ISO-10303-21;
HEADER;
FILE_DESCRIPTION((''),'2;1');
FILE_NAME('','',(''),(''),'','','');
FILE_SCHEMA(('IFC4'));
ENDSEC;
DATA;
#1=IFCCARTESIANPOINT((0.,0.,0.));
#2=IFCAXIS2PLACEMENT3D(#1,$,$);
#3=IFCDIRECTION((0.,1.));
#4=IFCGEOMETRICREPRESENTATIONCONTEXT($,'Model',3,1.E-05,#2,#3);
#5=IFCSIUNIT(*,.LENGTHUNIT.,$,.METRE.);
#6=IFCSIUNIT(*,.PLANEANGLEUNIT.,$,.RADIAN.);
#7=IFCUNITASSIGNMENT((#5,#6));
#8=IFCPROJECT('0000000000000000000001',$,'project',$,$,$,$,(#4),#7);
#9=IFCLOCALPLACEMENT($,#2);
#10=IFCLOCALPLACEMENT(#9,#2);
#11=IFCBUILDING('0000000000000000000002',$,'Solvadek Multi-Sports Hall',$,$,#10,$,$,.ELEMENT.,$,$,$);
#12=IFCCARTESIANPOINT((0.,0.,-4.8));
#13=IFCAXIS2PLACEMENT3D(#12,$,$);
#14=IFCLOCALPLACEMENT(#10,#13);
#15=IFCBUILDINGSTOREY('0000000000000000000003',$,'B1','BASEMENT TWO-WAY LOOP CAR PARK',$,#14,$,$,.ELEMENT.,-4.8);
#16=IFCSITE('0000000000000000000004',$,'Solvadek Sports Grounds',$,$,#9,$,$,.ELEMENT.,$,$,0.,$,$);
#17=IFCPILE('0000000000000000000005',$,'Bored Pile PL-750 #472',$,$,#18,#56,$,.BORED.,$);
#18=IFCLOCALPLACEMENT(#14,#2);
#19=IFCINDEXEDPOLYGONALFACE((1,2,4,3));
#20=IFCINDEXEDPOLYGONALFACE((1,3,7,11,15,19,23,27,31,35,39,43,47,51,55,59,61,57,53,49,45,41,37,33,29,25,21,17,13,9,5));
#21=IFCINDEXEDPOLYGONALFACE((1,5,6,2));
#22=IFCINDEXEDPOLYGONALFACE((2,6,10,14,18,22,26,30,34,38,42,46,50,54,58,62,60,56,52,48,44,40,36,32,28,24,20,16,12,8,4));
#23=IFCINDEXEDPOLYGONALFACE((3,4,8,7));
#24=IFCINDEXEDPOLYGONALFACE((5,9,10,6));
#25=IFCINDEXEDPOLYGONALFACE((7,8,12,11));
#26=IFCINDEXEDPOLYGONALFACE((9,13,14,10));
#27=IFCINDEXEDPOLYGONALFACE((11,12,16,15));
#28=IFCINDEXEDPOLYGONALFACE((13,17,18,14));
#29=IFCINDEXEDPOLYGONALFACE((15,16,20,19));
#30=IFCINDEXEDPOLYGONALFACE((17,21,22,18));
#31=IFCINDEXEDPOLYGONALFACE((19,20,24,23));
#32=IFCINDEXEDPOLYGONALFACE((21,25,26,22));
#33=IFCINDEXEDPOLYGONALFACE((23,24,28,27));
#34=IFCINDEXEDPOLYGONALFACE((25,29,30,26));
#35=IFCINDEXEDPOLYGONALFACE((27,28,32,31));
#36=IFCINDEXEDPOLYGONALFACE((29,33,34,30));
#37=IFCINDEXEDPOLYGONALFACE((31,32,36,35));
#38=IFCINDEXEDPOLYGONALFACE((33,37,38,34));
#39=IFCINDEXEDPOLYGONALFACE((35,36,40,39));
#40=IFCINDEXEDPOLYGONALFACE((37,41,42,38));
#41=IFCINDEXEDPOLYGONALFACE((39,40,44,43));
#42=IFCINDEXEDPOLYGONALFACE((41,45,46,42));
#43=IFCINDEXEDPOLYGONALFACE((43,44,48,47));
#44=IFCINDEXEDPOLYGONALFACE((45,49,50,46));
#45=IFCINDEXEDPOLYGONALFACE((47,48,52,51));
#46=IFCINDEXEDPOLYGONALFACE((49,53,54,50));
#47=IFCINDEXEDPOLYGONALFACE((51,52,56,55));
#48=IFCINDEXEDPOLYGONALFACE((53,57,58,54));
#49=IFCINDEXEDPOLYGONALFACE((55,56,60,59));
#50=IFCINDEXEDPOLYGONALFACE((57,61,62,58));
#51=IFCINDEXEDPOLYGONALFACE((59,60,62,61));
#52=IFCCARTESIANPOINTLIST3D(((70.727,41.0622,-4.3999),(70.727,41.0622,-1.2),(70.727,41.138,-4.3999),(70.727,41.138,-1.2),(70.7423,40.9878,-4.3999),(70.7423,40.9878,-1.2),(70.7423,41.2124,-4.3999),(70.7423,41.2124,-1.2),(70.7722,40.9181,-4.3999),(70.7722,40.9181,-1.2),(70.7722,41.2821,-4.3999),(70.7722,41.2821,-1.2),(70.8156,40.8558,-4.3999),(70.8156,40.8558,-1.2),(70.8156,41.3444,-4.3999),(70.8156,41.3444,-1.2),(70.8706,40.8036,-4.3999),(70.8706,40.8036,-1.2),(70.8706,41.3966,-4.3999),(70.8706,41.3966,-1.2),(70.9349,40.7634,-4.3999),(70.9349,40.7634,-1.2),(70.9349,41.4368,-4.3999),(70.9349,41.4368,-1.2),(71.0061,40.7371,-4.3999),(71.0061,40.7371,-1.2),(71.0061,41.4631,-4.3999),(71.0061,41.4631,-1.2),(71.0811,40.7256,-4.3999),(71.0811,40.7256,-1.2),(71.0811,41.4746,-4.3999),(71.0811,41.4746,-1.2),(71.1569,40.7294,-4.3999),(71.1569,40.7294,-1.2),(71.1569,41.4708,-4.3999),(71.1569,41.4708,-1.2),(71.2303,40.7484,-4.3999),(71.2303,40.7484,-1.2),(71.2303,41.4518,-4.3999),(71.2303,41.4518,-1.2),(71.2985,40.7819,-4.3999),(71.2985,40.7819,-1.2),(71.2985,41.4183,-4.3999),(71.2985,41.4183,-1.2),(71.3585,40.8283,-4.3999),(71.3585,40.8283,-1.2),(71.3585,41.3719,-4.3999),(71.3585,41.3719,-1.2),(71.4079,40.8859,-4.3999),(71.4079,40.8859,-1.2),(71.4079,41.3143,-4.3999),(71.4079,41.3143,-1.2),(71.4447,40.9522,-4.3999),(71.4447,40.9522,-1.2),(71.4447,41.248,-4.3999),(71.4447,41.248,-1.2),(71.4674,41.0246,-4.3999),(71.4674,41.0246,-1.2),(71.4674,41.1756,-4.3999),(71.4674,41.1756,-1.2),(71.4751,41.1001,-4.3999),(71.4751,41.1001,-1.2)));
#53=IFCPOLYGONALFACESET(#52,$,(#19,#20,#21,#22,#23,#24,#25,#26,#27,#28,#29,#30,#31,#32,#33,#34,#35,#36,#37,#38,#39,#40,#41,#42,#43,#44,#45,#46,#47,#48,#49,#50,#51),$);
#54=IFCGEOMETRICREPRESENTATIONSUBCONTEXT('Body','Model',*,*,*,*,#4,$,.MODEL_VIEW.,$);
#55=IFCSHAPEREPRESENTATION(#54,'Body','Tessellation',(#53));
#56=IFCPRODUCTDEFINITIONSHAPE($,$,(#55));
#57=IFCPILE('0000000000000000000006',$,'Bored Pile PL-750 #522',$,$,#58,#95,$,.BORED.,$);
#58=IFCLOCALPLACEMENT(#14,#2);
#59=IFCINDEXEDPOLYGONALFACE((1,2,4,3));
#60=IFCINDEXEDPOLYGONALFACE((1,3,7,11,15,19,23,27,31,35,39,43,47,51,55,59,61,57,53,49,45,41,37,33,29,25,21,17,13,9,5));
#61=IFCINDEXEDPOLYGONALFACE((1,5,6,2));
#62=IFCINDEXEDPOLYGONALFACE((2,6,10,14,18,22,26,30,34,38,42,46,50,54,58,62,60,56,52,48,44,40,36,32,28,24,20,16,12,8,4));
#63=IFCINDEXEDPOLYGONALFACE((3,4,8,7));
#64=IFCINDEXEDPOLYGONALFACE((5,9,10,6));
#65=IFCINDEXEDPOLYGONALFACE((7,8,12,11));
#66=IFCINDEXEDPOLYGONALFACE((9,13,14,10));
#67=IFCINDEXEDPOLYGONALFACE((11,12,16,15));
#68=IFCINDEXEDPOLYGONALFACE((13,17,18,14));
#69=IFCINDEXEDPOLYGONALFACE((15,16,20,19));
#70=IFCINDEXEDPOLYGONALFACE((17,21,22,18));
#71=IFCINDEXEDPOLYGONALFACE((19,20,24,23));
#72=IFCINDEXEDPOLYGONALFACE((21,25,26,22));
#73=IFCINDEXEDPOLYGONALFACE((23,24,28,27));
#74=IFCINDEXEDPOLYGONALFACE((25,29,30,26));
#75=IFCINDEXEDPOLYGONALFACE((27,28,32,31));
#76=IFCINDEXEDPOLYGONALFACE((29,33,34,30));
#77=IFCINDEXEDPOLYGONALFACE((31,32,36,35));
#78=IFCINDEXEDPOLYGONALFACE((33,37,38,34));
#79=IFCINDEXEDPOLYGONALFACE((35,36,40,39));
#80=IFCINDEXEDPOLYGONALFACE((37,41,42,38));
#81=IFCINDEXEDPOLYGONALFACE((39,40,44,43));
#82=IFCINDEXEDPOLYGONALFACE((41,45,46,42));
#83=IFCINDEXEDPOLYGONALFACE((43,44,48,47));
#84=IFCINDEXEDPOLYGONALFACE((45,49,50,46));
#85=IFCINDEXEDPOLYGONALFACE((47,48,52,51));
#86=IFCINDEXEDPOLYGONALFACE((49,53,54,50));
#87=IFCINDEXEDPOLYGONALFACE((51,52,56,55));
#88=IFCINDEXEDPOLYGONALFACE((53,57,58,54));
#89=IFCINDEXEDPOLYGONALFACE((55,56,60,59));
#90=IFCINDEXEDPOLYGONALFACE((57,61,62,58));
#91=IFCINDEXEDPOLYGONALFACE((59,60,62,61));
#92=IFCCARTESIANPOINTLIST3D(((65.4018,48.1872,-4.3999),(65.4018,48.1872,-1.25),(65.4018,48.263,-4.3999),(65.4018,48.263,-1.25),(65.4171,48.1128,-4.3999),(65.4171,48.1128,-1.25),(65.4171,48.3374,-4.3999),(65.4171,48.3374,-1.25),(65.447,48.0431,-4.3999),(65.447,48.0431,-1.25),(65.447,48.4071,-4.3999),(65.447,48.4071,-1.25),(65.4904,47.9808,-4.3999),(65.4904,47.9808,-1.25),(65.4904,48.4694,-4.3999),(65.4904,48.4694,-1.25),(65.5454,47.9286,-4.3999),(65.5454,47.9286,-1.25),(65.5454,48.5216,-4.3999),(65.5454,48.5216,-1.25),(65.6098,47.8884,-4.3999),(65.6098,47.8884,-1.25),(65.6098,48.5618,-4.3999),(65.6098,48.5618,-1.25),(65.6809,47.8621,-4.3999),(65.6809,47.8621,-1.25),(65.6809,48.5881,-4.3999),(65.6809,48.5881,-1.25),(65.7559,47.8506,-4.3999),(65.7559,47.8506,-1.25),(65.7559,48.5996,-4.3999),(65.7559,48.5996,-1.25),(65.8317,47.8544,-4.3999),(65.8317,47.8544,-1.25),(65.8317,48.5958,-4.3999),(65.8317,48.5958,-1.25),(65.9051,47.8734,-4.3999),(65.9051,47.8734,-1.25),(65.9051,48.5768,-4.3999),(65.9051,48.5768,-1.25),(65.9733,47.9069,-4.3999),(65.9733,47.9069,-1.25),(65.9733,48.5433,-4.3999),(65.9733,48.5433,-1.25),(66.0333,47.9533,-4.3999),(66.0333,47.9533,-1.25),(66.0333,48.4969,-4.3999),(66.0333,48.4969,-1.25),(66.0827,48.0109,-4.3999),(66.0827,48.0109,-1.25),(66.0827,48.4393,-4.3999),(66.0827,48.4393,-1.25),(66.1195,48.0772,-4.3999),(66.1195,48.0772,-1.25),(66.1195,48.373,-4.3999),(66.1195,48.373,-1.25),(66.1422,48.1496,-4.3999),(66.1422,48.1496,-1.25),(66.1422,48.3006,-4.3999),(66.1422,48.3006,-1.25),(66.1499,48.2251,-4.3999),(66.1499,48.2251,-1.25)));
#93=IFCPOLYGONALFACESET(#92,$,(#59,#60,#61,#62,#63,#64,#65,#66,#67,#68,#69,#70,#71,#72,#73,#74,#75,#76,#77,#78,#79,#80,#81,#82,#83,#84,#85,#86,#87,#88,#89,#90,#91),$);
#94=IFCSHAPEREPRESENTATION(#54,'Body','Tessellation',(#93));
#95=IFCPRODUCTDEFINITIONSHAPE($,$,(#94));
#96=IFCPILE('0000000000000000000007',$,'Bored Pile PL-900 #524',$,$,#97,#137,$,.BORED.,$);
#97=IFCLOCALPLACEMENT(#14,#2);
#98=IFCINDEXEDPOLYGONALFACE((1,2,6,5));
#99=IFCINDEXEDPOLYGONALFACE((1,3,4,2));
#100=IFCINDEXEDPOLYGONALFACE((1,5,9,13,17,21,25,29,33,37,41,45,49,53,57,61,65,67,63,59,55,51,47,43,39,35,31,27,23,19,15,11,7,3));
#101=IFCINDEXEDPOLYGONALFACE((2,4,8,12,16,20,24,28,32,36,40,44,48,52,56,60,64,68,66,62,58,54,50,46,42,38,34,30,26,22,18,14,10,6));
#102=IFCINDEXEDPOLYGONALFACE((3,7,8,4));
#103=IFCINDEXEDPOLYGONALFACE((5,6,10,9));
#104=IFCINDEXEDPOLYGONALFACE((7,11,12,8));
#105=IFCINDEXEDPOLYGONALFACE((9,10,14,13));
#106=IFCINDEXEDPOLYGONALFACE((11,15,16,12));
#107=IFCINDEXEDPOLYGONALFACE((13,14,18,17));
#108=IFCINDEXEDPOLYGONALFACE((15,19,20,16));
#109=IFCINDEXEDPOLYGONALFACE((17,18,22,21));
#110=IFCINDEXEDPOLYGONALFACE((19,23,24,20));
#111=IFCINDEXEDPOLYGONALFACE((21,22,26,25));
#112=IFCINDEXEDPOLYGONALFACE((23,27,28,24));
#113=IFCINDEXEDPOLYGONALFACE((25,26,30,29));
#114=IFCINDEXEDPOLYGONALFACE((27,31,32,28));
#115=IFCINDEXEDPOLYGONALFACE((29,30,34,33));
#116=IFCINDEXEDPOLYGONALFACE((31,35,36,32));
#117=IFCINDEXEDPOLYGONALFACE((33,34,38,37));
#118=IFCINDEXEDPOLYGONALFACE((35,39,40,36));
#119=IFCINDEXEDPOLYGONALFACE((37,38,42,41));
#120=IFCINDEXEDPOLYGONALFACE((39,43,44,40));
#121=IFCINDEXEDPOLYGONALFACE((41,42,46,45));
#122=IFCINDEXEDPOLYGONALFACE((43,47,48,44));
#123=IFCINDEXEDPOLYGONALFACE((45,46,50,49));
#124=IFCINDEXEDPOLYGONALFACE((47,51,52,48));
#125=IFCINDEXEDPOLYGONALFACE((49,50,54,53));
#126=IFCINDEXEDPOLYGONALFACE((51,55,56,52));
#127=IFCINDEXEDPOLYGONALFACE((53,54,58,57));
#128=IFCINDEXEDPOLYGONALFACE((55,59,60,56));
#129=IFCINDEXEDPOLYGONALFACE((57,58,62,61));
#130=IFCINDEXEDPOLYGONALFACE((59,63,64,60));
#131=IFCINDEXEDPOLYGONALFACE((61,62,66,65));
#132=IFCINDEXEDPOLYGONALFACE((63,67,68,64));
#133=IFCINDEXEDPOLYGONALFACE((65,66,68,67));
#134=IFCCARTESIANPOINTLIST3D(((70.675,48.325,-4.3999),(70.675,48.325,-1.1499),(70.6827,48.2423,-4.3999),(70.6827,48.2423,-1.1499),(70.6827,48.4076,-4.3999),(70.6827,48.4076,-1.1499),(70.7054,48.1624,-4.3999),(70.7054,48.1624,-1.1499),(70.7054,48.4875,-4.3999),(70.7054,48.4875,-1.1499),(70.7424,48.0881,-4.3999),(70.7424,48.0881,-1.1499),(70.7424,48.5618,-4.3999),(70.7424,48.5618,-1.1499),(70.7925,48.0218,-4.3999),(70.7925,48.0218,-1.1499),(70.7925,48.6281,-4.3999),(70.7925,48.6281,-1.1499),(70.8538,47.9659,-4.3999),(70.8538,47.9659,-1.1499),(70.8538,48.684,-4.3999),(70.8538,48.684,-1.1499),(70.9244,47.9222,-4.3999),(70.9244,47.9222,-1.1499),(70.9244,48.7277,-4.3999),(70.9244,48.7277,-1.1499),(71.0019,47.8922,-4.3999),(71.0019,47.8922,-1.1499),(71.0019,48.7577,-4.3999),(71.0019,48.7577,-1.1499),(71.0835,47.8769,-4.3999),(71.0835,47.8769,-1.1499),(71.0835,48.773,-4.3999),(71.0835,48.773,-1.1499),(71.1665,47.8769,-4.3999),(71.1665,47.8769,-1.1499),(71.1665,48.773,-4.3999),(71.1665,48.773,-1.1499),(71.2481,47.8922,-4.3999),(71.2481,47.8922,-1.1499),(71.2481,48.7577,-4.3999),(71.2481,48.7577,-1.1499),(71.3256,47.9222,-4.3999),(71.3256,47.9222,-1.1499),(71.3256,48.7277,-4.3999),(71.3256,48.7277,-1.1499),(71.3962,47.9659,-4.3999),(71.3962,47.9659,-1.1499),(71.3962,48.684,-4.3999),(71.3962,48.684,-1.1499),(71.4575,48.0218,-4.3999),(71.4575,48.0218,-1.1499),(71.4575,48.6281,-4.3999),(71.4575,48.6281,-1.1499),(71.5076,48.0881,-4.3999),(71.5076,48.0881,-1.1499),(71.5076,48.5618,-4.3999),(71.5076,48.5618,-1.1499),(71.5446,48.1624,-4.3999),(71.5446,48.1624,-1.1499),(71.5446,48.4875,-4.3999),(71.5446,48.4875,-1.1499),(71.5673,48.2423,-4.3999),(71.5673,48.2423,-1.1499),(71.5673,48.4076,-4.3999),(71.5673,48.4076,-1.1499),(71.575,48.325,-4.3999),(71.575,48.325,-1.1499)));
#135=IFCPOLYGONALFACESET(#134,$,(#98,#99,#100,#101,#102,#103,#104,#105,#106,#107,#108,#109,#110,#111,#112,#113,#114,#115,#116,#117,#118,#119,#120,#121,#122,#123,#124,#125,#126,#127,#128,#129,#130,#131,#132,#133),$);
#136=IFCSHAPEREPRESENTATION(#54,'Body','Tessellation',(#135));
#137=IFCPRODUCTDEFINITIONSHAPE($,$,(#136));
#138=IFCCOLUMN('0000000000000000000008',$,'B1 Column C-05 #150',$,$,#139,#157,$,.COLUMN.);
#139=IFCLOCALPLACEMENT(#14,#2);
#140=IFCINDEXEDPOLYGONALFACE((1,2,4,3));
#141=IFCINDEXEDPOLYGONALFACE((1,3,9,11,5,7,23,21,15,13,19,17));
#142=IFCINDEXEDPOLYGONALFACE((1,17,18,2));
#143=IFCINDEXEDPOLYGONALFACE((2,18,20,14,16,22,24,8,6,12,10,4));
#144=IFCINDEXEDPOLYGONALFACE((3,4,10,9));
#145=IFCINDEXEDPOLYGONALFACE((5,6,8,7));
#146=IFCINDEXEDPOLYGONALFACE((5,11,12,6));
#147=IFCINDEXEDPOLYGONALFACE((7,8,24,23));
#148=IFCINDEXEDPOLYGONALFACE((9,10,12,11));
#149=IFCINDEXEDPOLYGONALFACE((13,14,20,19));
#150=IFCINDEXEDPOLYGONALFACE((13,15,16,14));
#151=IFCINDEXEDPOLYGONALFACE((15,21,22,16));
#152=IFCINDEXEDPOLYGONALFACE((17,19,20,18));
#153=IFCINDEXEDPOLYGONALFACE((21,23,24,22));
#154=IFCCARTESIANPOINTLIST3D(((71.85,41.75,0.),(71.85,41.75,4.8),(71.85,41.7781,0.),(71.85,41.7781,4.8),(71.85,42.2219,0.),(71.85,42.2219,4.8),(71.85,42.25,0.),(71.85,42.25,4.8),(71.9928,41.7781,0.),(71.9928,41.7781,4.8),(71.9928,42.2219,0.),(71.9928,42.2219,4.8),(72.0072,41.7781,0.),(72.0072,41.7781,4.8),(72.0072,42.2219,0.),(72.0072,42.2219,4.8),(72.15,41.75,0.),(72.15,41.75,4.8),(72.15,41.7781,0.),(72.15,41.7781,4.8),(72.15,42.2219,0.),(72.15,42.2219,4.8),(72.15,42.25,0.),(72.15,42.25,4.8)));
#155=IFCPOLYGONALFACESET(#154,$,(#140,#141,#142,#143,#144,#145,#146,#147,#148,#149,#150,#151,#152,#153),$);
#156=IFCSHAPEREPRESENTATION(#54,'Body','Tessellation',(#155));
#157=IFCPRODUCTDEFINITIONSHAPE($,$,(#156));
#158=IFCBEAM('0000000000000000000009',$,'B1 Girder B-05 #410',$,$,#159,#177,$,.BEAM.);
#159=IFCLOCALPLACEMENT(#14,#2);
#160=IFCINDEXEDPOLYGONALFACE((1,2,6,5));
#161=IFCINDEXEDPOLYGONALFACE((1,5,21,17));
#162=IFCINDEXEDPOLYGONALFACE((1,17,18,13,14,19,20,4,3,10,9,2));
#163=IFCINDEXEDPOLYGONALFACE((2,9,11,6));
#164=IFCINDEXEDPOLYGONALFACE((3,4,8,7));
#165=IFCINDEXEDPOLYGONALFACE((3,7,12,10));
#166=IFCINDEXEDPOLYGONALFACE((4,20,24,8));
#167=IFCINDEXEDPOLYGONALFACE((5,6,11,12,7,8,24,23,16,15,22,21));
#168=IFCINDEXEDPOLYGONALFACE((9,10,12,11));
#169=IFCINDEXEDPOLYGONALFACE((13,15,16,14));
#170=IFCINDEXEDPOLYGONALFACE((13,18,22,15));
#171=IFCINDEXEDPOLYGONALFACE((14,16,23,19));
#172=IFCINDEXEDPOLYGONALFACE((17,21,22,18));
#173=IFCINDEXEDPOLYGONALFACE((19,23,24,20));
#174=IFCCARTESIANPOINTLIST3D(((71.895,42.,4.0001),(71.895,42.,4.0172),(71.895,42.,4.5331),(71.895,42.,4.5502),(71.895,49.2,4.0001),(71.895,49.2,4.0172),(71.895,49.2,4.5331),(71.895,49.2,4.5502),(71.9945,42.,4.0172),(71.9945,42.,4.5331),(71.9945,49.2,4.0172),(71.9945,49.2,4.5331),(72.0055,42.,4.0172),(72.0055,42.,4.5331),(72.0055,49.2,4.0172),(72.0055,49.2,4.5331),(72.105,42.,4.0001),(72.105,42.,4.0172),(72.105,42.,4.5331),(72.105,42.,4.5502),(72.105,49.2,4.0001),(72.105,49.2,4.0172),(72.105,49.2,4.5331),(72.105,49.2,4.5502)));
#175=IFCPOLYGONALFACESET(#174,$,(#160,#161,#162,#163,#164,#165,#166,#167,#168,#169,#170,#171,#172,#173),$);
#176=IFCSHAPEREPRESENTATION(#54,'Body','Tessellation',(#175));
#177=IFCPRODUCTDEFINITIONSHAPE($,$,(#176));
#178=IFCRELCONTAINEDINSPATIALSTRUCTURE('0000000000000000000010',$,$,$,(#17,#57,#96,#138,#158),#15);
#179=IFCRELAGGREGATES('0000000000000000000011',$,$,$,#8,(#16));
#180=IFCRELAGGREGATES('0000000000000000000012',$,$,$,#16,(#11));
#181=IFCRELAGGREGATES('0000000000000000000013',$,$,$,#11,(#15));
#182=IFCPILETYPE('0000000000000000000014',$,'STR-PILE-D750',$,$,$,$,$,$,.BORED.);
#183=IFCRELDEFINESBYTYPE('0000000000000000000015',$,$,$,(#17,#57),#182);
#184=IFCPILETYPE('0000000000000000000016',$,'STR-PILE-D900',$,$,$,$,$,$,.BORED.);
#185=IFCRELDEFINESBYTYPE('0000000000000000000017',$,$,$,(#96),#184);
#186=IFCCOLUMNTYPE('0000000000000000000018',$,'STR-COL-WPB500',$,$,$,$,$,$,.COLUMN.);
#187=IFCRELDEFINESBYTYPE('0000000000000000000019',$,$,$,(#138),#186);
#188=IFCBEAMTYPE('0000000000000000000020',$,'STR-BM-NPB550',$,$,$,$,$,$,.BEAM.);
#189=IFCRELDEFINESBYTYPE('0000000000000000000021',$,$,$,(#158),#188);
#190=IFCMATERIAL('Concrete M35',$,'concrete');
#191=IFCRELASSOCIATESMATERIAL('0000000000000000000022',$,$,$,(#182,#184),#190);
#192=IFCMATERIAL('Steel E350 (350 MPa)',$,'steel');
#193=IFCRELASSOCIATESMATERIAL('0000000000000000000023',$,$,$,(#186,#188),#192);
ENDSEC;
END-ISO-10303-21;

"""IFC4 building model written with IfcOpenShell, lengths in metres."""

from ifc_helpers import new_model, si_unit, direction, frame, origin, origin_2d, place, context, subcontext, project, spatial, circle, i_section, extrude, material, material_profile, profile_set, type_object, element, save


model = new_model("IFC4")

# Units and contexts
model_context = context("Model", 3, precision=1e-05, world=origin(), true_north=direction((0.0, 1.0)))
body_context = subcontext(model_context, "Body", "Model", "MODEL_VIEW")
ifc_project = project(units=[si_unit("LENGTHUNIT", "METRE"), si_unit("PLANEANGLEUNIT", "RADIAN")], contexts=[model_context])

# Site, building, storey
site_placement = place(None, origin())
site = spatial("IfcSite", under=ifc_project, at=site_placement, Name="Solvadek Sports Grounds", CompositionType="ELEMENT", RefElevation=0.0)
building_placement = place(site_placement, origin())
building = spatial("IfcBuilding", under=site, at=building_placement, Name="Solvadek Multi-Sports Hall", CompositionType="ELEMENT")
storey_placement = place(building_placement, frame((0.0, 0.0, -4.8)))
storey = spatial("IfcBuildingStorey", under=building, at=storey_placement, Name="B1", Description="BASEMENT TWO-WAY LOOP CAR PARK", CompositionType="ELEMENT", Elevation=-4.8)

# Piles
ifc_material_1 = material(Name="Concrete M35", Category="concrete")
ifc_material_profile_1 = material_profile(ifc_material_1, circle(Radius=0.375, at=origin_2d()), Name="BORED PILE D750")
ifc_profile_set_1 = profile_set([ifc_material_profile_1], Name="Concrete M35")
pile_type_1 = type_object("IfcPileType", Name="STR-PILE-D750", PredefinedType="BORED", material=ifc_profile_set_1)
pile_1_placement = place(storey_placement, frame((71.1001, 41.1001, -1.2), z_axis=(0.0, 0.0, -1.0), x_axis=(1.0, 0.0, 0.0)))
element("IfcPile", 1, at=pile_1_placement, inside=storey, type_object=pile_type_1, Name="Bored Pile PL-750 #472", PredefinedType="BORED", context=body_context, shape_type="SweptSolid", body=[
    extrude(circle(Radius=0.375, at=origin_2d()), origin(), (0.0, 0.0, 1.0), 3.2),
])
pile_2_placement = place(storey_placement, frame((65.7749, 48.2251, -1.25), z_axis=(0.0, 0.0, -1.0), x_axis=(1.0, 0.0, 0.0)))
element("IfcPile", 2, at=pile_2_placement, inside=storey, type_object=pile_type_1, Name="Bored Pile PL-750 #522", PredefinedType="BORED", context=body_context, shape_type="SweptSolid", body=[
    extrude(circle(Radius=0.375, at=origin_2d()), origin(), (0.0, 0.0, 1.0), 3.1499),
])
ifc_material_profile_2 = material_profile(ifc_material_1, circle(Radius=0.45, at=origin_2d()), Name="BORED PILE D900")
ifc_profile_set_2 = profile_set([ifc_material_profile_2], Name="Concrete M35")
pile_type_2 = type_object("IfcPileType", Name="STR-PILE-D900", PredefinedType="BORED", material=ifc_profile_set_2)
pile_3_placement = place(storey_placement, frame((71.125, 48.325, -1.1499), z_axis=(0.0, 0.0, -1.0), x_axis=(1.0, 0.0, 0.0)))
element("IfcPile", 3, at=pile_3_placement, inside=storey, type_object=pile_type_2, Name="Bored Pile PL-900 #524", PredefinedType="BORED", context=body_context, shape_type="SweptSolid", body=[
    extrude(circle(Radius=0.45, at=origin_2d()), origin(), (0.0, 0.0, 1.0), 3.25),
])

# Column
ifc_material_2 = material(Name="Steel E350 (350 MPa)", Category="steel")
ifc_material_profile_3 = material_profile(ifc_material_2, i_section(OverallWidth=0.3, OverallDepth=0.5, WebThickness=0.0144, FlangeThickness=0.0281, at=origin_2d()), Name="WPB 500")
ifc_profile_set_3 = profile_set([ifc_material_profile_3], Name="Steel E350 (350 MPa)")
column_type = type_object("IfcColumnType", Name="STR-COL-WPB500", PredefinedType="COLUMN", material=ifc_profile_set_3)
column_placement = place(storey_placement, frame((72.0, 42.0, 0.0), z_axis=(0.0, 0.0, 1.0), x_axis=(1.0, 0.0, 0.0)))
element("IfcColumn", 4, at=column_placement, inside=storey, type_object=column_type, Name="B1 Column C-05 #150", PredefinedType="COLUMN", context=body_context, shape_type="SweptSolid", body=[
    extrude(i_section(OverallWidth=0.3, OverallDepth=0.5, WebThickness=0.0144, FlangeThickness=0.0281, at=origin_2d()), origin(), (0.0, 0.0, 1.0), 4.8),
])

# Beam
ifc_material_profile_4 = material_profile(ifc_material_2, i_section(OverallWidth=0.21, OverallDepth=0.55, WebThickness=0.011, FlangeThickness=0.0171, at=origin_2d()), Name="NPB 550")
ifc_profile_set_4 = profile_set([ifc_material_profile_4], Name="Steel E350 (350 MPa)")
beam_type_1 = type_object("IfcBeamType", Name="STR-BM-NPB550", PredefinedType="BEAM", material=ifc_profile_set_4)
beam_1_placement = place(storey_placement, frame((72.0, 42.0, 4.2751), z_axis=(0.0, 1.0, 0.0), x_axis=(-1.0, 0.0, 0.0)))
element("IfcBeam", 5, at=beam_1_placement, inside=storey, type_object=beam_type_1, Name="B1 Girder B-05 #410", PredefinedType="BEAM", context=body_context, shape_type="SweptSolid", body=[
    extrude(i_section(OverallWidth=0.21, OverallDepth=0.55, WebThickness=0.011, FlangeThickness=0.0171, at=origin_2d()), origin(), (0.0, 0.0, 1.0), 7.2),
])

save(model, "model.ifc")
